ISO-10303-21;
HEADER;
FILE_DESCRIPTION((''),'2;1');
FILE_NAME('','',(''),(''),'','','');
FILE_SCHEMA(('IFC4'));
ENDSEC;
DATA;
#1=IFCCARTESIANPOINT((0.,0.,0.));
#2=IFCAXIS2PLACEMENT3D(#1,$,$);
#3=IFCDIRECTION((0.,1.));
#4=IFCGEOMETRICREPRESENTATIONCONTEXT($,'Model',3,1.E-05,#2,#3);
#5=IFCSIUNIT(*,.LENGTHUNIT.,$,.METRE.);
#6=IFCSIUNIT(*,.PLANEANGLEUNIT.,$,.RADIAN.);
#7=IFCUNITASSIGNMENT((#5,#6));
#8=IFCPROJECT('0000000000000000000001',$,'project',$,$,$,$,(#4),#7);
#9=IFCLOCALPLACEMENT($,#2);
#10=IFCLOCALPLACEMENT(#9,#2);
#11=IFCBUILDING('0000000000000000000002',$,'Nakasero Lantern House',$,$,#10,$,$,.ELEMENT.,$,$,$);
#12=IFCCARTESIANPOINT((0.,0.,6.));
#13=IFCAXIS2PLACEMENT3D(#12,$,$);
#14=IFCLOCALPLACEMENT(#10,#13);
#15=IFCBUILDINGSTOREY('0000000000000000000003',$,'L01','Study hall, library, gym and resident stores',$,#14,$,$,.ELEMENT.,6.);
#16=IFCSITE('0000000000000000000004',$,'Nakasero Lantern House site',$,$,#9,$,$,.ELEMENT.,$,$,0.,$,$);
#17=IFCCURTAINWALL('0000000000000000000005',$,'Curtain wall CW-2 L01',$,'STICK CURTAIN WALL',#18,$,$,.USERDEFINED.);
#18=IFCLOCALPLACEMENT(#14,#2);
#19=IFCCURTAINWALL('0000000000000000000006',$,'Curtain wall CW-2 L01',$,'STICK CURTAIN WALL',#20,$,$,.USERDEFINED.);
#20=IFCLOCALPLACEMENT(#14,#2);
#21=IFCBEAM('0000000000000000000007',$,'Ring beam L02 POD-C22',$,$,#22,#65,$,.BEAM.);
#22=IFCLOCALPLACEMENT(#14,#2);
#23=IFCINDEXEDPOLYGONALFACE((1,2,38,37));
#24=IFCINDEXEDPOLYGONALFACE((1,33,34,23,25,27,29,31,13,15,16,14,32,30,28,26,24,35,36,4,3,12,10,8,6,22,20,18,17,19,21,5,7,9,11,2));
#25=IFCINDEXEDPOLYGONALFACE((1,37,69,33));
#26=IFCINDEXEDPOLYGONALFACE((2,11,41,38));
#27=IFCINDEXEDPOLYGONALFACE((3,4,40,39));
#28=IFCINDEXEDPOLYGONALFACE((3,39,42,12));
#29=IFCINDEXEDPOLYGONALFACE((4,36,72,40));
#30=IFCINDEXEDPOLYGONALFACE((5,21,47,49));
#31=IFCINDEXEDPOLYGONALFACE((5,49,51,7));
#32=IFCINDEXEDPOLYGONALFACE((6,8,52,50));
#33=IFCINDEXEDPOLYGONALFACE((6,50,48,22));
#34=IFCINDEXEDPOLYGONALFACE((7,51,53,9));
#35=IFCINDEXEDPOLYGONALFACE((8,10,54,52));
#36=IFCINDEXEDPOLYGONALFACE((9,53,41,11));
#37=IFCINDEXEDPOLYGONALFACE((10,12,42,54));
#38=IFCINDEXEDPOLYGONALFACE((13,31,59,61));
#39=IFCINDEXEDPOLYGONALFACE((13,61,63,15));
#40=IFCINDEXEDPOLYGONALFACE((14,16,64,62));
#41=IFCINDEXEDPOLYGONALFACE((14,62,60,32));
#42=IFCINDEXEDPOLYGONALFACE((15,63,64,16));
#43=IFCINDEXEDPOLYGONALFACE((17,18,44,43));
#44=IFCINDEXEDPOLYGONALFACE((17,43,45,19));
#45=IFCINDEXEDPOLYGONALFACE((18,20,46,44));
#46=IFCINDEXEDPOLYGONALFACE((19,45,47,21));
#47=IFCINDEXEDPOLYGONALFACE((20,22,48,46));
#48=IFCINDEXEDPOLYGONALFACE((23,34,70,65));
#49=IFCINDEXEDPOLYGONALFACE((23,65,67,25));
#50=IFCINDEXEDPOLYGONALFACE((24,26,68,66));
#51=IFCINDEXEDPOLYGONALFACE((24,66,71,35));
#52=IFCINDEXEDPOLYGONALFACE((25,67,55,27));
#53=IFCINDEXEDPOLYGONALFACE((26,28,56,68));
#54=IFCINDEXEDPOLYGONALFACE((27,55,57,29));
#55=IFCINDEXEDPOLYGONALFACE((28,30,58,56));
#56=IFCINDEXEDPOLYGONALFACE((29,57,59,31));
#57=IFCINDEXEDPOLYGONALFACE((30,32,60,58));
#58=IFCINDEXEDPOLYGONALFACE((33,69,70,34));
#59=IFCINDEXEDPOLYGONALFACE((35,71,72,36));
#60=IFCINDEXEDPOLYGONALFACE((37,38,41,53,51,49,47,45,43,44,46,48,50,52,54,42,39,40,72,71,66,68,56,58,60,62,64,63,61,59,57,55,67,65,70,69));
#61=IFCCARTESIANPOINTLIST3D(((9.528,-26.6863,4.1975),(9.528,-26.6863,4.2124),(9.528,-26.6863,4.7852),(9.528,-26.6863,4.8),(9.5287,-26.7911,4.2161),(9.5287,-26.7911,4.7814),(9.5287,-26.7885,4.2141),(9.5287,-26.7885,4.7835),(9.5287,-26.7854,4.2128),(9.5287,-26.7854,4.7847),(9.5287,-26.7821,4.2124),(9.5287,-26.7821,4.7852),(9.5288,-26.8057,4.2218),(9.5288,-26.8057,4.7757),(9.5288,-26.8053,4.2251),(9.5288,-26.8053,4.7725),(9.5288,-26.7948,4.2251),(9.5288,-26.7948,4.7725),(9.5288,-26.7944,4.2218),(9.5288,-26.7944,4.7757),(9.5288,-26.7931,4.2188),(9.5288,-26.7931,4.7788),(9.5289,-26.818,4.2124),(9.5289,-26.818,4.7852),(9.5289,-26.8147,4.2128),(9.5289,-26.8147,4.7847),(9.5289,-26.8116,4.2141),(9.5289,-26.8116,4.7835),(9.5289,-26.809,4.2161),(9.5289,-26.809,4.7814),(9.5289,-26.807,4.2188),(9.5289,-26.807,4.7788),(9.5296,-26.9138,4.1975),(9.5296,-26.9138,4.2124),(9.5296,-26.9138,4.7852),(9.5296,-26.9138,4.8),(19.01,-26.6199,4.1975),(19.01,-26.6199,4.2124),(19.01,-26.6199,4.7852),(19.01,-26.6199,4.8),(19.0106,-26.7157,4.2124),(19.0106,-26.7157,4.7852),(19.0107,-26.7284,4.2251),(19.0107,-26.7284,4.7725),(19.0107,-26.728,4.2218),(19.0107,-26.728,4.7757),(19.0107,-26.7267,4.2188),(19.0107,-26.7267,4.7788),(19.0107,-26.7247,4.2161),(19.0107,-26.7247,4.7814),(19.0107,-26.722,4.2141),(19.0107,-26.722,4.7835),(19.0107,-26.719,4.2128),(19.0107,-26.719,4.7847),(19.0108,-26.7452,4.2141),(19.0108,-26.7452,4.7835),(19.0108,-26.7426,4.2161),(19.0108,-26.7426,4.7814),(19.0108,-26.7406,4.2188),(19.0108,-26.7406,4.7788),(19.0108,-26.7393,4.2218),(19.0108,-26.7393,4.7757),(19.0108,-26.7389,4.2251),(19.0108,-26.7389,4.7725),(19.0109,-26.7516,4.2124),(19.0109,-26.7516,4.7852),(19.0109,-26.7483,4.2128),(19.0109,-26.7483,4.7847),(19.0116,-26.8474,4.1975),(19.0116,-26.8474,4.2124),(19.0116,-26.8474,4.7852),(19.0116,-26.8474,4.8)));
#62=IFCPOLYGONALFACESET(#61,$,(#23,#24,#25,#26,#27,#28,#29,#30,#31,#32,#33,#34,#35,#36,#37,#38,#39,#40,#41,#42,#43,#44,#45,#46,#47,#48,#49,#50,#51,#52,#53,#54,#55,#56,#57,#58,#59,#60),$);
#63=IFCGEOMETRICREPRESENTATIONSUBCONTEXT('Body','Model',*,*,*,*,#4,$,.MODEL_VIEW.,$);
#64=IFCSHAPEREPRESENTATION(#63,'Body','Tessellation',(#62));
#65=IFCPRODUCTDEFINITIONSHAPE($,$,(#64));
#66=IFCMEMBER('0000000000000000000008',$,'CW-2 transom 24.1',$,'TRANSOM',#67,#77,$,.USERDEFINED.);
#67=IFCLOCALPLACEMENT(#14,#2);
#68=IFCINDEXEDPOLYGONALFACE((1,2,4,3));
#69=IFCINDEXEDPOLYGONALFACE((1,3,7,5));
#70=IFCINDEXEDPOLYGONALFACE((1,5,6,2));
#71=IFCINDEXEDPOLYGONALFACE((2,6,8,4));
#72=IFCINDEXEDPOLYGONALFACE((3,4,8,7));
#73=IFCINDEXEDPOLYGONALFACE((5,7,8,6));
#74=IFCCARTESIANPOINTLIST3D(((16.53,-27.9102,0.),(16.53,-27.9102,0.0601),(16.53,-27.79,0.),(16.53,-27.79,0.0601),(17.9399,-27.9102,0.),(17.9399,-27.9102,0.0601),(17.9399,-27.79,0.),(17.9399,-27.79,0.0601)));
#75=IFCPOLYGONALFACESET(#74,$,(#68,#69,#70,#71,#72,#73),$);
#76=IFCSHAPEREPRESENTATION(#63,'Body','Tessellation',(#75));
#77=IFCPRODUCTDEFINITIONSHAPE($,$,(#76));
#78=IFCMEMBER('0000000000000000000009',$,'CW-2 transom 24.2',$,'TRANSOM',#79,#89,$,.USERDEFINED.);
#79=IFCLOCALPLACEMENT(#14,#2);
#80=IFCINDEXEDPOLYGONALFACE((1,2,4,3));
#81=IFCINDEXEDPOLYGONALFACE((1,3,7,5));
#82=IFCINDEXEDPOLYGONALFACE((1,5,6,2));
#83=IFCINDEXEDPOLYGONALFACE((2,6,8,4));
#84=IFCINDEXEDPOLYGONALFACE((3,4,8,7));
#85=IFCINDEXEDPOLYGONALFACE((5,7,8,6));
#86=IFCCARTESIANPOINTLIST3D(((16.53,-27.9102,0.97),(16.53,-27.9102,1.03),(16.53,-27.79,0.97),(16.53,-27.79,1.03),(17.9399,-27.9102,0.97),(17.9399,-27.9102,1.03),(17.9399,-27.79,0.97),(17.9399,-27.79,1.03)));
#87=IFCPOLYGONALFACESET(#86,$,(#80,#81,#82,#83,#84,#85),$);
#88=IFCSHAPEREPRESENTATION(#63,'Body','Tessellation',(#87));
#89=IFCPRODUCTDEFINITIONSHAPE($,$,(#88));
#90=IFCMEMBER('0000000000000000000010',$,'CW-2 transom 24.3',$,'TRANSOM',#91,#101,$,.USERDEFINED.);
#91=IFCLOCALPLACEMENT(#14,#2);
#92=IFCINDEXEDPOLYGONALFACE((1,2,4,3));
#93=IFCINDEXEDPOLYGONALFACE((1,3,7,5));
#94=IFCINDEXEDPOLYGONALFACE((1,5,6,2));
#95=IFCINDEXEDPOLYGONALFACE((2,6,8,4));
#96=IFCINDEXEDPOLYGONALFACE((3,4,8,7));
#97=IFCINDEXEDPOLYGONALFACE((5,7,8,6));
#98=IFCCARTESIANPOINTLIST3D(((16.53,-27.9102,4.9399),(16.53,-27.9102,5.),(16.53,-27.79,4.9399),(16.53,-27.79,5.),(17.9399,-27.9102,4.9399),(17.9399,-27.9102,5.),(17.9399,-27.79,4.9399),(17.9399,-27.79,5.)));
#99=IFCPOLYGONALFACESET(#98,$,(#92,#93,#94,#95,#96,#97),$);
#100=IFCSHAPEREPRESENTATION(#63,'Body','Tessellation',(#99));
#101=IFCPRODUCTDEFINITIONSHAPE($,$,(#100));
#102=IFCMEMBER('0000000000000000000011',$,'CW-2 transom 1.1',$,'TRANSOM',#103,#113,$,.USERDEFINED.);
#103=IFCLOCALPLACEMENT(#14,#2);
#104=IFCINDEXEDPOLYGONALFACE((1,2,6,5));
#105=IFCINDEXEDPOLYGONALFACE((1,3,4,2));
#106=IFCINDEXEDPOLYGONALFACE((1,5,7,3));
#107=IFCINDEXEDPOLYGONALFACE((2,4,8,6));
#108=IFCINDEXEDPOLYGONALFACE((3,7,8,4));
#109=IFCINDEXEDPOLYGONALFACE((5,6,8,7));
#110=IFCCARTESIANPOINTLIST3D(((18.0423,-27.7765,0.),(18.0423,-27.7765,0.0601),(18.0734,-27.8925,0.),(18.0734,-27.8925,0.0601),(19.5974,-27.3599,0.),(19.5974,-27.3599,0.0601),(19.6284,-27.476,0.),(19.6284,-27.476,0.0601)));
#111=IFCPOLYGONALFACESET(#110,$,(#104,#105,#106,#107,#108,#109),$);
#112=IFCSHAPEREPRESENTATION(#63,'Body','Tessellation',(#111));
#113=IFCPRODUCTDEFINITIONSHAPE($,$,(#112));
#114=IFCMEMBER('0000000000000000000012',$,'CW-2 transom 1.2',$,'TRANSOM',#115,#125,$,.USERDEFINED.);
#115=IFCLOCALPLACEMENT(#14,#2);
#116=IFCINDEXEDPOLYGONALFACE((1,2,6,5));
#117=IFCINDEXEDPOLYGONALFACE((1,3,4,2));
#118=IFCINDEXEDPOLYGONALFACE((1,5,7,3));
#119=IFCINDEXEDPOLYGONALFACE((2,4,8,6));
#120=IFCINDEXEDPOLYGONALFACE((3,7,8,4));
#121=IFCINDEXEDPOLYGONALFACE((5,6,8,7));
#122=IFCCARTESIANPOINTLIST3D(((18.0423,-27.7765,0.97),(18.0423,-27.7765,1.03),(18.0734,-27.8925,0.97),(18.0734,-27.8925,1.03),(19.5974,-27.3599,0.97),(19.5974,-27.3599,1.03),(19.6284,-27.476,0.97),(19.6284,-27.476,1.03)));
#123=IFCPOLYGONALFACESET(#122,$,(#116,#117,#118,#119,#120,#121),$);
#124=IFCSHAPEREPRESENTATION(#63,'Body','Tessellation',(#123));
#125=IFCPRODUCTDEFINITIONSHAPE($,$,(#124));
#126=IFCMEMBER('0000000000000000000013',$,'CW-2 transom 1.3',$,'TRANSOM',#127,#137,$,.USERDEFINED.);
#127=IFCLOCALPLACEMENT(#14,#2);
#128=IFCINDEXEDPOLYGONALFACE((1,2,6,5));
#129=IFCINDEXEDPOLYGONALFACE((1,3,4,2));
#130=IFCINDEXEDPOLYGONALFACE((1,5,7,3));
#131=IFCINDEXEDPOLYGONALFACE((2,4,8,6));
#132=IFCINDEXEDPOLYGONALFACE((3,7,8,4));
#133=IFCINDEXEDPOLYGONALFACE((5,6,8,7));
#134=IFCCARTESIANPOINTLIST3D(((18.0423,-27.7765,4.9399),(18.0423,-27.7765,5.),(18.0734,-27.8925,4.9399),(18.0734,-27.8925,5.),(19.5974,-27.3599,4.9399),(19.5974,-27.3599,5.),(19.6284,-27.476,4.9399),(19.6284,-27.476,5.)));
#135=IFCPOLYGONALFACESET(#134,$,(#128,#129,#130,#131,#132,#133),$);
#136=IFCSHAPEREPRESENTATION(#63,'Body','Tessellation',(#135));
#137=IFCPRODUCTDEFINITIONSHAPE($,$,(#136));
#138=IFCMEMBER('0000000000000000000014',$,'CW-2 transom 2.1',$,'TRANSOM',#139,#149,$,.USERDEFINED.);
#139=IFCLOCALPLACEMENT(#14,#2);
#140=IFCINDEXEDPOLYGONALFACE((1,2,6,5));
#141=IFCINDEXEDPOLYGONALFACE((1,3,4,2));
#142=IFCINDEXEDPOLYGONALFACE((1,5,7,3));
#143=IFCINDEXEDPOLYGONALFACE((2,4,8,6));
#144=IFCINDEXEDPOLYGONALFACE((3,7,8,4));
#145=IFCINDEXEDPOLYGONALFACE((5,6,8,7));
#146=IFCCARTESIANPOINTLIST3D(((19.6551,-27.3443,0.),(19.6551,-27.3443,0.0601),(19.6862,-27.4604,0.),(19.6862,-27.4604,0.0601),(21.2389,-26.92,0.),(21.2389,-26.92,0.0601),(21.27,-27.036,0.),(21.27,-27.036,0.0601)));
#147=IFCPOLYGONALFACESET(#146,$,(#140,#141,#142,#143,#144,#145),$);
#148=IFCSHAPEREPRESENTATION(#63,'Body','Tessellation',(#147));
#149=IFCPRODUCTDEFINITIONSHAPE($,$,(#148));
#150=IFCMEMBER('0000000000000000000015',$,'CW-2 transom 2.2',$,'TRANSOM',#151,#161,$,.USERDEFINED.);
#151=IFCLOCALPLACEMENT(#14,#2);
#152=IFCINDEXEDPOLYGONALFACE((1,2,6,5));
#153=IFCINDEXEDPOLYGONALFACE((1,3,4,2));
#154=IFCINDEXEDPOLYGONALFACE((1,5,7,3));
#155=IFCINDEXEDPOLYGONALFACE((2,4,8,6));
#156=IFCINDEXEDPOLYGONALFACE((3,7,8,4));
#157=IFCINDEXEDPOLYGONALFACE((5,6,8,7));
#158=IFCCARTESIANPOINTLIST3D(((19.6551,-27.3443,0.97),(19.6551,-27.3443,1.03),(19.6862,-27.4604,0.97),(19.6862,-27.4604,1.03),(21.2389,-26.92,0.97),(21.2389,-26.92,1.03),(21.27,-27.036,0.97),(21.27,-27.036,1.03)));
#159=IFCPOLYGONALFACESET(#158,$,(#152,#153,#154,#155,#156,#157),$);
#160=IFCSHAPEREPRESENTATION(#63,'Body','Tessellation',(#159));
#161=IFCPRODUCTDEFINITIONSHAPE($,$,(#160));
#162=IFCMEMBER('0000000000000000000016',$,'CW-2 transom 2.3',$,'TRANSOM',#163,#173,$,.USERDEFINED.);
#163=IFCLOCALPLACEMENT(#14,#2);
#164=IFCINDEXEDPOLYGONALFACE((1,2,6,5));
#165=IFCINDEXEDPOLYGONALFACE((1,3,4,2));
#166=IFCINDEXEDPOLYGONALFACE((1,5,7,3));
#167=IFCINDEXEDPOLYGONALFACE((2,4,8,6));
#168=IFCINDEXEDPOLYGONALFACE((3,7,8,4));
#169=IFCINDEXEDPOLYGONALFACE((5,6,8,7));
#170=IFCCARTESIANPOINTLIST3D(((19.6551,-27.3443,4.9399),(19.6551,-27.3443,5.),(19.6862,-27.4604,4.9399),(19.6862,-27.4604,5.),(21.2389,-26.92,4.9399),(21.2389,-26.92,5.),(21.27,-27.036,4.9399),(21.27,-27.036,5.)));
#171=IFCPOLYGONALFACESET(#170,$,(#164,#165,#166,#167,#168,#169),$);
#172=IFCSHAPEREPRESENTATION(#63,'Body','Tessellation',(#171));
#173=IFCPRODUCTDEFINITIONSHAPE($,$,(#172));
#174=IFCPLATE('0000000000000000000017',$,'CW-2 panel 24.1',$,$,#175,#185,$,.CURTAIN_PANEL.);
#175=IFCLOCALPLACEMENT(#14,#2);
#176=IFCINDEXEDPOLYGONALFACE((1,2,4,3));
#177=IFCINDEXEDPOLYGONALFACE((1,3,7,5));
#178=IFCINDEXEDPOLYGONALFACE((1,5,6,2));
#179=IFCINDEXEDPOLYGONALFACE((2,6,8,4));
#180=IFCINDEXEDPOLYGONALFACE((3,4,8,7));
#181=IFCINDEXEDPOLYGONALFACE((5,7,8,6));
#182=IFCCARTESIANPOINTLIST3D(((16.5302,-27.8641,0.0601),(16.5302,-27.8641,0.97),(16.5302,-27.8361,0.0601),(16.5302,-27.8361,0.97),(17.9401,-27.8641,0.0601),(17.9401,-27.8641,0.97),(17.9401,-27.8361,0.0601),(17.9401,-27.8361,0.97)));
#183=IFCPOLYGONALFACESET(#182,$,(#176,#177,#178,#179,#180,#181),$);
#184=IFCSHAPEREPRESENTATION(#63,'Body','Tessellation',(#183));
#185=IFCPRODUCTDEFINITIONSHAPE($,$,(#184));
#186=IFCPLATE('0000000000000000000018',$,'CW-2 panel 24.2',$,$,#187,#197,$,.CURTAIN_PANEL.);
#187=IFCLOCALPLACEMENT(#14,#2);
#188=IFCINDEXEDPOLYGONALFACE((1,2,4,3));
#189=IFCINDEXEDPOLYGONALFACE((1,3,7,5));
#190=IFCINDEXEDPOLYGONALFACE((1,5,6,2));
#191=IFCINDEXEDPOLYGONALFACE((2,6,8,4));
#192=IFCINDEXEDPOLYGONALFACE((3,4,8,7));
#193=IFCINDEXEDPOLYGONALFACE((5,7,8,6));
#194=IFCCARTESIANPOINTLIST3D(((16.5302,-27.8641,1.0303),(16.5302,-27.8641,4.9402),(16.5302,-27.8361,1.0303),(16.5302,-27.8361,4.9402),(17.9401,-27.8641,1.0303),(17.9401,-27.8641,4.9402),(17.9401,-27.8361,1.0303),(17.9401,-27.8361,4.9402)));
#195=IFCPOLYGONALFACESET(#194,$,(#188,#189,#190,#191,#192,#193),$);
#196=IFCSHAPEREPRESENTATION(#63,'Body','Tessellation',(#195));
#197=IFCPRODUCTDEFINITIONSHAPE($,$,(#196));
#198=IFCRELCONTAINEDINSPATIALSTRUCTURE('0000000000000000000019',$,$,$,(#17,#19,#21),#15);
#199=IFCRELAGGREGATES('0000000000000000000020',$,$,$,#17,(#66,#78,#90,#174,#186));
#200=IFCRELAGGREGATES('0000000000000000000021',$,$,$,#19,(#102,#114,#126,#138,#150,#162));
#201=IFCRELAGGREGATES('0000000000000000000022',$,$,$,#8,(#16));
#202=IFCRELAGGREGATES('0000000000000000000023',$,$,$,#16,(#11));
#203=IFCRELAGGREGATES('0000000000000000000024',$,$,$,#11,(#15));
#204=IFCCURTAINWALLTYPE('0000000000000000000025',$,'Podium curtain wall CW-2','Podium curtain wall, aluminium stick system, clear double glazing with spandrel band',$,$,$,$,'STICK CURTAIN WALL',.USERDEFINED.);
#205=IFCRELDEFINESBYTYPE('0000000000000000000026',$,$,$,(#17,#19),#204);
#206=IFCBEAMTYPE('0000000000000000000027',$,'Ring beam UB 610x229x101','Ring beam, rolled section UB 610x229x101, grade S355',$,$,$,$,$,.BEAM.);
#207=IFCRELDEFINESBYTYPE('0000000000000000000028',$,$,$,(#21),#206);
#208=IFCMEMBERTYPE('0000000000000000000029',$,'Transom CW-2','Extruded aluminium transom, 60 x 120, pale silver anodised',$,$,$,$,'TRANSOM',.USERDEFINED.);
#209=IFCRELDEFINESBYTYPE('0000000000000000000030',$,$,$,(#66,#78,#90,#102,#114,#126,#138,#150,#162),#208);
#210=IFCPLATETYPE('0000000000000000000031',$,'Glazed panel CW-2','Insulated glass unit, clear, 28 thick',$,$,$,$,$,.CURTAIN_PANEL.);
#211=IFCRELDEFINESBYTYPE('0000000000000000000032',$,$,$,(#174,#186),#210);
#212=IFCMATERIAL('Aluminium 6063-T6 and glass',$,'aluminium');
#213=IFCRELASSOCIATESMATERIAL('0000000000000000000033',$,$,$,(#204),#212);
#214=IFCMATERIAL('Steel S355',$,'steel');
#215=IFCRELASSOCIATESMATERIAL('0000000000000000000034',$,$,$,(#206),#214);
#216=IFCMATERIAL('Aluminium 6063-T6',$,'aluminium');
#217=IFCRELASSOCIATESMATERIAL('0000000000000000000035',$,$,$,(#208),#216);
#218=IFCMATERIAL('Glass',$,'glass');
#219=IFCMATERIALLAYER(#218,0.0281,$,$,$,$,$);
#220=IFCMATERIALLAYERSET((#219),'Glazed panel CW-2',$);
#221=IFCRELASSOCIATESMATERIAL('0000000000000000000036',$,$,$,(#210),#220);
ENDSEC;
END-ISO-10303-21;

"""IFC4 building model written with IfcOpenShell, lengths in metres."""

from ifc_helpers import new_model, si_unit, direction, frame, origin, origin_2d, place, context, subcontext, project, spatial, rectangle, i_section, extrude, material, layer, layer_set, material_profile, profile_set, type_object, element, aggregate, save


model = new_model("IFC4")

# Units and contexts
model_context = context("Model", 3, precision=1e-05, world=origin(), true_north=direction((0.0, 1.0)))
body_context = subcontext(model_context, "Body", "Model", "MODEL_VIEW")
ifc_project = project(units=[si_unit("LENGTHUNIT", "METRE"), si_unit("PLANEANGLEUNIT", "RADIAN")], contexts=[model_context])

# Site, building, storey
site_placement = place(None, origin())
site = spatial("IfcSite", under=ifc_project, at=site_placement, Name="Nakasero Lantern House site", CompositionType="ELEMENT", RefElevation=0.0)
building_placement = place(site_placement, origin())
building = spatial("IfcBuilding", under=site, at=building_placement, Name="Nakasero Lantern House", CompositionType="ELEMENT")
storey_placement = place(building_placement, frame((0.0, 0.0, 6.0)))
storey = spatial("IfcBuildingStorey", under=building, at=storey_placement, Name="L01", Description="Study hall, library, gym and resident stores", CompositionType="ELEMENT", Elevation=6.0)

# Curtain wall
ifc_material_1 = material(Name="Aluminium 6063-T6 and glass", Category="aluminium")
curtain_wall_type = type_object("IfcCurtainWallType", Name="Podium curtain wall CW-2", Description="Podium curtain wall, aluminium stick system, clear double glazing with spandrel band", ElementType="STICK CURTAIN WALL", PredefinedType="USERDEFINED", material=ifc_material_1)
curtain_wall_1_placement = place(storey_placement, origin())
curtain_wall_1 = element("IfcCurtainWall", 1, at=curtain_wall_1_placement, inside=storey, type_object=curtain_wall_type, Name="Curtain wall CW-2 L01", ObjectType="STICK CURTAIN WALL", PredefinedType="USERDEFINED")

# Curtain wall
curtain_wall_2_placement = place(storey_placement, origin())
curtain_wall_2 = element("IfcCurtainWall", 2, at=curtain_wall_2_placement, inside=storey, type_object=curtain_wall_type, Name="Curtain wall CW-2 L01", ObjectType="STICK CURTAIN WALL", PredefinedType="USERDEFINED")

# Beam
ifc_material_2 = material(Name="Steel S355", Category="steel")
ifc_material_profile_1 = material_profile(ifc_material_2, i_section(OverallWidth=0.2275, OverallDepth=0.6025, WebThickness=0.0105, FlangeThickness=0.0149, FilletRadius=0.0127, at=origin_2d()), Name="UB 610x229x101")
ifc_profile_set_1 = profile_set([ifc_material_profile_1], Name="Steel S355")
beam_type_1 = type_object("IfcBeamType", Name="Ring beam UB 610x229x101", Description="Ring beam, rolled section UB 610x229x101, grade S355", PredefinedType="BEAM", material=ifc_profile_set_1)
beam_1_placement = place(storey_placement, frame((9.5288, -26.8, 4.4988), z_axis=(0.999975, 0.007003, 0.0), x_axis=(-0.007003, 0.999975, 0.0)))
element("IfcBeam", 3, at=beam_1_placement, inside=storey, type_object=beam_type_1, Name="Ring beam L02 POD-C22", PredefinedType="BEAM", context=body_context, shape_type="SweptSolid", body=[
    extrude(i_section(OverallWidth=0.2275, OverallDepth=0.6025, WebThickness=0.0105, FlangeThickness=0.0149, FilletRadius=0.0127, at=origin_2d()), origin(), (0.0, 0.0, 1.0), 9.4822),
])

# Members
ifc_material_3 = material(Name="Aluminium 6063-T6", Category="aluminium")
ifc_material_profile_2 = material_profile(ifc_material_3, rectangle(XDim=0.0601, YDim=0.1201, at=origin_2d()), Name="CW-2 transom 60x120")
ifc_profile_set_2 = profile_set([ifc_material_profile_2], Name="Aluminium 6063-T6")
member_type_1 = type_object("IfcMemberType", Name="Transom CW-2", Description="Extruded aluminium transom, 60 x 120, pale silver anodised", ElementType="TRANSOM", PredefinedType="USERDEFINED", material=ifc_profile_set_2)
member_1_placement = place(storey_placement, frame((16.53, -27.8501, 0.03), z_axis=(1.0, 0.0, 0.0), x_axis=(0.0, 0.0, 1.0)))
member_1 = element("IfcMember", 4, at=member_1_placement, type_object=member_type_1, Name="CW-2 transom 24.1", ObjectType="TRANSOM", PredefinedType="USERDEFINED", context=body_context, shape_type="SweptSolid", body=[
    extrude(rectangle(XDim=0.0601, YDim=0.1201, at=origin_2d()), origin(), (0.0, 0.0, 1.0), 1.4099),
])
member_2_placement = place(storey_placement, frame((16.53, -27.8501, 1.0), z_axis=(1.0, 0.0, 0.0), x_axis=(0.0, 0.0, 1.0)))
member_2 = element("IfcMember", 5, at=member_2_placement, type_object=member_type_1, Name="CW-2 transom 24.2", ObjectType="TRANSOM", PredefinedType="USERDEFINED", context=body_context, shape_type="SweptSolid", body=[
    extrude(rectangle(XDim=0.0601, YDim=0.1201, at=origin_2d()), origin(), (0.0, 0.0, 1.0), 1.4099),
])
member_3_placement = place(storey_placement, frame((16.53, -27.8501, 4.97), z_axis=(1.0, 0.0, 0.0), x_axis=(0.0, 0.0, 1.0)))
member_3 = element("IfcMember", 6, at=member_3_placement, type_object=member_type_1, Name="CW-2 transom 24.3", ObjectType="TRANSOM", PredefinedType="USERDEFINED", context=body_context, shape_type="SweptSolid", body=[
    extrude(rectangle(XDim=0.0601, YDim=0.1201, at=origin_2d()), origin(), (0.0, 0.0, 1.0), 1.4099),
])
member_4_placement = place(storey_placement, frame((18.0579, -27.8345, 0.03), z_axis=(0.965947, 0.258739, 0.0), x_axis=(0.0, 0.0, 1.0)))
member_4 = element("IfcMember", 7, at=member_4_placement, type_object=member_type_1, Name="CW-2 transom 1.1", ObjectType="TRANSOM", PredefinedType="USERDEFINED", context=body_context, shape_type="SweptSolid", body=[
    extrude(rectangle(XDim=0.0601, YDim=0.1201, at=origin_2d()), origin(), (0.0, 0.0, 1.0), 1.6099),
])
member_5_placement = place(storey_placement, frame((18.0579, -27.8345, 1.0), z_axis=(0.965947, 0.258739, 0.0), x_axis=(0.0, 0.0, 1.0)))
member_5 = element("IfcMember", 8, at=member_5_placement, type_object=member_type_1, Name="CW-2 transom 1.2", ObjectType="TRANSOM", PredefinedType="USERDEFINED", context=body_context, shape_type="SweptSolid", body=[
    extrude(rectangle(XDim=0.0601, YDim=0.1201, at=origin_2d()), origin(), (0.0, 0.0, 1.0), 1.6099),
])
member_6_placement = place(storey_placement, frame((18.0579, -27.8345, 4.97), z_axis=(0.965947, 0.258739, 0.0), x_axis=(0.0, 0.0, 1.0)))
member_6 = element("IfcMember", 9, at=member_6_placement, type_object=member_type_1, Name="CW-2 transom 1.3", ObjectType="TRANSOM", PredefinedType="USERDEFINED", context=body_context, shape_type="SweptSolid", body=[
    extrude(rectangle(XDim=0.0601, YDim=0.1201, at=origin_2d()), origin(), (0.0, 0.0, 1.0), 1.6099),
])
member_7_placement = place(storey_placement, frame((19.6707, -27.4023, 0.03), z_axis=(0.965933, 0.258793, 0.0), x_axis=(0.0, 0.0, 1.0)))
member_7 = element("IfcMember", 10, at=member_7_placement, type_object=member_type_1, Name="CW-2 transom 2.1", ObjectType="TRANSOM", PredefinedType="USERDEFINED", context=body_context, shape_type="SweptSolid", body=[
    extrude(rectangle(XDim=0.0601, YDim=0.1201, at=origin_2d()), origin(), (0.0, 0.0, 1.0), 1.6396),
])
member_8_placement = place(storey_placement, frame((19.6707, -27.4023, 1.0), z_axis=(0.965933, 0.258793, 0.0), x_axis=(0.0, 0.0, 1.0)))
member_8 = element("IfcMember", 11, at=member_8_placement, type_object=member_type_1, Name="CW-2 transom 2.2", ObjectType="TRANSOM", PredefinedType="USERDEFINED", context=body_context, shape_type="SweptSolid", body=[
    extrude(rectangle(XDim=0.0601, YDim=0.1201, at=origin_2d()), origin(), (0.0, 0.0, 1.0), 1.6396),
])
member_9_placement = place(storey_placement, frame((19.6707, -27.4023, 4.97), z_axis=(0.965933, 0.258793, 0.0), x_axis=(0.0, 0.0, 1.0)))
member_9 = element("IfcMember", 12, at=member_9_placement, type_object=member_type_1, Name="CW-2 transom 2.3", ObjectType="TRANSOM", PredefinedType="USERDEFINED", context=body_context, shape_type="SweptSolid", body=[
    extrude(rectangle(XDim=0.0601, YDim=0.1201, at=origin_2d()), origin(), (0.0, 0.0, 1.0), 1.6396),
])

# Plates
ifc_material_4 = material(Name="Glass", Category="glass")
ifc_layer = layer(ifc_material_4, 0.0281)
ifc_layer_set = layer_set([ifc_layer], Name="Glazed panel CW-2")
plate_type = type_object("IfcPlateType", Name="Glazed panel CW-2", Description="Insulated glass unit, clear, 28 thick", PredefinedType="CURTAIN_PANEL", material=ifc_layer_set)
plate_1_placement = place(storey_placement, frame((17.2351, -27.8501, 0.0601), z_axis=(0.0, 0.0, 1.0), x_axis=(1.0, 0.0, 0.0)))
plate_1 = element("IfcPlate", 13, at=plate_1_placement, type_object=plate_type, Name="CW-2 panel 24.1", PredefinedType="CURTAIN_PANEL", context=body_context, shape_type="SweptSolid", body=[
    extrude(rectangle(XDim=1.4099, YDim=0.0281, at=origin_2d()), origin(), (0.0, 0.0, 1.0), 0.9099),
])
plate_2_placement = place(storey_placement, frame((17.2351, -27.8501, 1.0303), z_axis=(0.0, 0.0, 1.0), x_axis=(1.0, 0.0, 0.0)))
plate_2 = element("IfcPlate", 14, at=plate_2_placement, type_object=plate_type, Name="CW-2 panel 24.2", PredefinedType="CURTAIN_PANEL", context=body_context, shape_type="SweptSolid", body=[
    extrude(rectangle(XDim=1.4099, YDim=0.0281, at=origin_2d()), origin(), (0.0, 0.0, 1.0), 3.9099),
])
aggregate(curtain_wall_1, [member_1, member_2, member_3, plate_1, plate_2])
aggregate(curtain_wall_2, [member_4, member_5, member_6, member_7, member_8, member_9])

save(model, "model.ifc")
